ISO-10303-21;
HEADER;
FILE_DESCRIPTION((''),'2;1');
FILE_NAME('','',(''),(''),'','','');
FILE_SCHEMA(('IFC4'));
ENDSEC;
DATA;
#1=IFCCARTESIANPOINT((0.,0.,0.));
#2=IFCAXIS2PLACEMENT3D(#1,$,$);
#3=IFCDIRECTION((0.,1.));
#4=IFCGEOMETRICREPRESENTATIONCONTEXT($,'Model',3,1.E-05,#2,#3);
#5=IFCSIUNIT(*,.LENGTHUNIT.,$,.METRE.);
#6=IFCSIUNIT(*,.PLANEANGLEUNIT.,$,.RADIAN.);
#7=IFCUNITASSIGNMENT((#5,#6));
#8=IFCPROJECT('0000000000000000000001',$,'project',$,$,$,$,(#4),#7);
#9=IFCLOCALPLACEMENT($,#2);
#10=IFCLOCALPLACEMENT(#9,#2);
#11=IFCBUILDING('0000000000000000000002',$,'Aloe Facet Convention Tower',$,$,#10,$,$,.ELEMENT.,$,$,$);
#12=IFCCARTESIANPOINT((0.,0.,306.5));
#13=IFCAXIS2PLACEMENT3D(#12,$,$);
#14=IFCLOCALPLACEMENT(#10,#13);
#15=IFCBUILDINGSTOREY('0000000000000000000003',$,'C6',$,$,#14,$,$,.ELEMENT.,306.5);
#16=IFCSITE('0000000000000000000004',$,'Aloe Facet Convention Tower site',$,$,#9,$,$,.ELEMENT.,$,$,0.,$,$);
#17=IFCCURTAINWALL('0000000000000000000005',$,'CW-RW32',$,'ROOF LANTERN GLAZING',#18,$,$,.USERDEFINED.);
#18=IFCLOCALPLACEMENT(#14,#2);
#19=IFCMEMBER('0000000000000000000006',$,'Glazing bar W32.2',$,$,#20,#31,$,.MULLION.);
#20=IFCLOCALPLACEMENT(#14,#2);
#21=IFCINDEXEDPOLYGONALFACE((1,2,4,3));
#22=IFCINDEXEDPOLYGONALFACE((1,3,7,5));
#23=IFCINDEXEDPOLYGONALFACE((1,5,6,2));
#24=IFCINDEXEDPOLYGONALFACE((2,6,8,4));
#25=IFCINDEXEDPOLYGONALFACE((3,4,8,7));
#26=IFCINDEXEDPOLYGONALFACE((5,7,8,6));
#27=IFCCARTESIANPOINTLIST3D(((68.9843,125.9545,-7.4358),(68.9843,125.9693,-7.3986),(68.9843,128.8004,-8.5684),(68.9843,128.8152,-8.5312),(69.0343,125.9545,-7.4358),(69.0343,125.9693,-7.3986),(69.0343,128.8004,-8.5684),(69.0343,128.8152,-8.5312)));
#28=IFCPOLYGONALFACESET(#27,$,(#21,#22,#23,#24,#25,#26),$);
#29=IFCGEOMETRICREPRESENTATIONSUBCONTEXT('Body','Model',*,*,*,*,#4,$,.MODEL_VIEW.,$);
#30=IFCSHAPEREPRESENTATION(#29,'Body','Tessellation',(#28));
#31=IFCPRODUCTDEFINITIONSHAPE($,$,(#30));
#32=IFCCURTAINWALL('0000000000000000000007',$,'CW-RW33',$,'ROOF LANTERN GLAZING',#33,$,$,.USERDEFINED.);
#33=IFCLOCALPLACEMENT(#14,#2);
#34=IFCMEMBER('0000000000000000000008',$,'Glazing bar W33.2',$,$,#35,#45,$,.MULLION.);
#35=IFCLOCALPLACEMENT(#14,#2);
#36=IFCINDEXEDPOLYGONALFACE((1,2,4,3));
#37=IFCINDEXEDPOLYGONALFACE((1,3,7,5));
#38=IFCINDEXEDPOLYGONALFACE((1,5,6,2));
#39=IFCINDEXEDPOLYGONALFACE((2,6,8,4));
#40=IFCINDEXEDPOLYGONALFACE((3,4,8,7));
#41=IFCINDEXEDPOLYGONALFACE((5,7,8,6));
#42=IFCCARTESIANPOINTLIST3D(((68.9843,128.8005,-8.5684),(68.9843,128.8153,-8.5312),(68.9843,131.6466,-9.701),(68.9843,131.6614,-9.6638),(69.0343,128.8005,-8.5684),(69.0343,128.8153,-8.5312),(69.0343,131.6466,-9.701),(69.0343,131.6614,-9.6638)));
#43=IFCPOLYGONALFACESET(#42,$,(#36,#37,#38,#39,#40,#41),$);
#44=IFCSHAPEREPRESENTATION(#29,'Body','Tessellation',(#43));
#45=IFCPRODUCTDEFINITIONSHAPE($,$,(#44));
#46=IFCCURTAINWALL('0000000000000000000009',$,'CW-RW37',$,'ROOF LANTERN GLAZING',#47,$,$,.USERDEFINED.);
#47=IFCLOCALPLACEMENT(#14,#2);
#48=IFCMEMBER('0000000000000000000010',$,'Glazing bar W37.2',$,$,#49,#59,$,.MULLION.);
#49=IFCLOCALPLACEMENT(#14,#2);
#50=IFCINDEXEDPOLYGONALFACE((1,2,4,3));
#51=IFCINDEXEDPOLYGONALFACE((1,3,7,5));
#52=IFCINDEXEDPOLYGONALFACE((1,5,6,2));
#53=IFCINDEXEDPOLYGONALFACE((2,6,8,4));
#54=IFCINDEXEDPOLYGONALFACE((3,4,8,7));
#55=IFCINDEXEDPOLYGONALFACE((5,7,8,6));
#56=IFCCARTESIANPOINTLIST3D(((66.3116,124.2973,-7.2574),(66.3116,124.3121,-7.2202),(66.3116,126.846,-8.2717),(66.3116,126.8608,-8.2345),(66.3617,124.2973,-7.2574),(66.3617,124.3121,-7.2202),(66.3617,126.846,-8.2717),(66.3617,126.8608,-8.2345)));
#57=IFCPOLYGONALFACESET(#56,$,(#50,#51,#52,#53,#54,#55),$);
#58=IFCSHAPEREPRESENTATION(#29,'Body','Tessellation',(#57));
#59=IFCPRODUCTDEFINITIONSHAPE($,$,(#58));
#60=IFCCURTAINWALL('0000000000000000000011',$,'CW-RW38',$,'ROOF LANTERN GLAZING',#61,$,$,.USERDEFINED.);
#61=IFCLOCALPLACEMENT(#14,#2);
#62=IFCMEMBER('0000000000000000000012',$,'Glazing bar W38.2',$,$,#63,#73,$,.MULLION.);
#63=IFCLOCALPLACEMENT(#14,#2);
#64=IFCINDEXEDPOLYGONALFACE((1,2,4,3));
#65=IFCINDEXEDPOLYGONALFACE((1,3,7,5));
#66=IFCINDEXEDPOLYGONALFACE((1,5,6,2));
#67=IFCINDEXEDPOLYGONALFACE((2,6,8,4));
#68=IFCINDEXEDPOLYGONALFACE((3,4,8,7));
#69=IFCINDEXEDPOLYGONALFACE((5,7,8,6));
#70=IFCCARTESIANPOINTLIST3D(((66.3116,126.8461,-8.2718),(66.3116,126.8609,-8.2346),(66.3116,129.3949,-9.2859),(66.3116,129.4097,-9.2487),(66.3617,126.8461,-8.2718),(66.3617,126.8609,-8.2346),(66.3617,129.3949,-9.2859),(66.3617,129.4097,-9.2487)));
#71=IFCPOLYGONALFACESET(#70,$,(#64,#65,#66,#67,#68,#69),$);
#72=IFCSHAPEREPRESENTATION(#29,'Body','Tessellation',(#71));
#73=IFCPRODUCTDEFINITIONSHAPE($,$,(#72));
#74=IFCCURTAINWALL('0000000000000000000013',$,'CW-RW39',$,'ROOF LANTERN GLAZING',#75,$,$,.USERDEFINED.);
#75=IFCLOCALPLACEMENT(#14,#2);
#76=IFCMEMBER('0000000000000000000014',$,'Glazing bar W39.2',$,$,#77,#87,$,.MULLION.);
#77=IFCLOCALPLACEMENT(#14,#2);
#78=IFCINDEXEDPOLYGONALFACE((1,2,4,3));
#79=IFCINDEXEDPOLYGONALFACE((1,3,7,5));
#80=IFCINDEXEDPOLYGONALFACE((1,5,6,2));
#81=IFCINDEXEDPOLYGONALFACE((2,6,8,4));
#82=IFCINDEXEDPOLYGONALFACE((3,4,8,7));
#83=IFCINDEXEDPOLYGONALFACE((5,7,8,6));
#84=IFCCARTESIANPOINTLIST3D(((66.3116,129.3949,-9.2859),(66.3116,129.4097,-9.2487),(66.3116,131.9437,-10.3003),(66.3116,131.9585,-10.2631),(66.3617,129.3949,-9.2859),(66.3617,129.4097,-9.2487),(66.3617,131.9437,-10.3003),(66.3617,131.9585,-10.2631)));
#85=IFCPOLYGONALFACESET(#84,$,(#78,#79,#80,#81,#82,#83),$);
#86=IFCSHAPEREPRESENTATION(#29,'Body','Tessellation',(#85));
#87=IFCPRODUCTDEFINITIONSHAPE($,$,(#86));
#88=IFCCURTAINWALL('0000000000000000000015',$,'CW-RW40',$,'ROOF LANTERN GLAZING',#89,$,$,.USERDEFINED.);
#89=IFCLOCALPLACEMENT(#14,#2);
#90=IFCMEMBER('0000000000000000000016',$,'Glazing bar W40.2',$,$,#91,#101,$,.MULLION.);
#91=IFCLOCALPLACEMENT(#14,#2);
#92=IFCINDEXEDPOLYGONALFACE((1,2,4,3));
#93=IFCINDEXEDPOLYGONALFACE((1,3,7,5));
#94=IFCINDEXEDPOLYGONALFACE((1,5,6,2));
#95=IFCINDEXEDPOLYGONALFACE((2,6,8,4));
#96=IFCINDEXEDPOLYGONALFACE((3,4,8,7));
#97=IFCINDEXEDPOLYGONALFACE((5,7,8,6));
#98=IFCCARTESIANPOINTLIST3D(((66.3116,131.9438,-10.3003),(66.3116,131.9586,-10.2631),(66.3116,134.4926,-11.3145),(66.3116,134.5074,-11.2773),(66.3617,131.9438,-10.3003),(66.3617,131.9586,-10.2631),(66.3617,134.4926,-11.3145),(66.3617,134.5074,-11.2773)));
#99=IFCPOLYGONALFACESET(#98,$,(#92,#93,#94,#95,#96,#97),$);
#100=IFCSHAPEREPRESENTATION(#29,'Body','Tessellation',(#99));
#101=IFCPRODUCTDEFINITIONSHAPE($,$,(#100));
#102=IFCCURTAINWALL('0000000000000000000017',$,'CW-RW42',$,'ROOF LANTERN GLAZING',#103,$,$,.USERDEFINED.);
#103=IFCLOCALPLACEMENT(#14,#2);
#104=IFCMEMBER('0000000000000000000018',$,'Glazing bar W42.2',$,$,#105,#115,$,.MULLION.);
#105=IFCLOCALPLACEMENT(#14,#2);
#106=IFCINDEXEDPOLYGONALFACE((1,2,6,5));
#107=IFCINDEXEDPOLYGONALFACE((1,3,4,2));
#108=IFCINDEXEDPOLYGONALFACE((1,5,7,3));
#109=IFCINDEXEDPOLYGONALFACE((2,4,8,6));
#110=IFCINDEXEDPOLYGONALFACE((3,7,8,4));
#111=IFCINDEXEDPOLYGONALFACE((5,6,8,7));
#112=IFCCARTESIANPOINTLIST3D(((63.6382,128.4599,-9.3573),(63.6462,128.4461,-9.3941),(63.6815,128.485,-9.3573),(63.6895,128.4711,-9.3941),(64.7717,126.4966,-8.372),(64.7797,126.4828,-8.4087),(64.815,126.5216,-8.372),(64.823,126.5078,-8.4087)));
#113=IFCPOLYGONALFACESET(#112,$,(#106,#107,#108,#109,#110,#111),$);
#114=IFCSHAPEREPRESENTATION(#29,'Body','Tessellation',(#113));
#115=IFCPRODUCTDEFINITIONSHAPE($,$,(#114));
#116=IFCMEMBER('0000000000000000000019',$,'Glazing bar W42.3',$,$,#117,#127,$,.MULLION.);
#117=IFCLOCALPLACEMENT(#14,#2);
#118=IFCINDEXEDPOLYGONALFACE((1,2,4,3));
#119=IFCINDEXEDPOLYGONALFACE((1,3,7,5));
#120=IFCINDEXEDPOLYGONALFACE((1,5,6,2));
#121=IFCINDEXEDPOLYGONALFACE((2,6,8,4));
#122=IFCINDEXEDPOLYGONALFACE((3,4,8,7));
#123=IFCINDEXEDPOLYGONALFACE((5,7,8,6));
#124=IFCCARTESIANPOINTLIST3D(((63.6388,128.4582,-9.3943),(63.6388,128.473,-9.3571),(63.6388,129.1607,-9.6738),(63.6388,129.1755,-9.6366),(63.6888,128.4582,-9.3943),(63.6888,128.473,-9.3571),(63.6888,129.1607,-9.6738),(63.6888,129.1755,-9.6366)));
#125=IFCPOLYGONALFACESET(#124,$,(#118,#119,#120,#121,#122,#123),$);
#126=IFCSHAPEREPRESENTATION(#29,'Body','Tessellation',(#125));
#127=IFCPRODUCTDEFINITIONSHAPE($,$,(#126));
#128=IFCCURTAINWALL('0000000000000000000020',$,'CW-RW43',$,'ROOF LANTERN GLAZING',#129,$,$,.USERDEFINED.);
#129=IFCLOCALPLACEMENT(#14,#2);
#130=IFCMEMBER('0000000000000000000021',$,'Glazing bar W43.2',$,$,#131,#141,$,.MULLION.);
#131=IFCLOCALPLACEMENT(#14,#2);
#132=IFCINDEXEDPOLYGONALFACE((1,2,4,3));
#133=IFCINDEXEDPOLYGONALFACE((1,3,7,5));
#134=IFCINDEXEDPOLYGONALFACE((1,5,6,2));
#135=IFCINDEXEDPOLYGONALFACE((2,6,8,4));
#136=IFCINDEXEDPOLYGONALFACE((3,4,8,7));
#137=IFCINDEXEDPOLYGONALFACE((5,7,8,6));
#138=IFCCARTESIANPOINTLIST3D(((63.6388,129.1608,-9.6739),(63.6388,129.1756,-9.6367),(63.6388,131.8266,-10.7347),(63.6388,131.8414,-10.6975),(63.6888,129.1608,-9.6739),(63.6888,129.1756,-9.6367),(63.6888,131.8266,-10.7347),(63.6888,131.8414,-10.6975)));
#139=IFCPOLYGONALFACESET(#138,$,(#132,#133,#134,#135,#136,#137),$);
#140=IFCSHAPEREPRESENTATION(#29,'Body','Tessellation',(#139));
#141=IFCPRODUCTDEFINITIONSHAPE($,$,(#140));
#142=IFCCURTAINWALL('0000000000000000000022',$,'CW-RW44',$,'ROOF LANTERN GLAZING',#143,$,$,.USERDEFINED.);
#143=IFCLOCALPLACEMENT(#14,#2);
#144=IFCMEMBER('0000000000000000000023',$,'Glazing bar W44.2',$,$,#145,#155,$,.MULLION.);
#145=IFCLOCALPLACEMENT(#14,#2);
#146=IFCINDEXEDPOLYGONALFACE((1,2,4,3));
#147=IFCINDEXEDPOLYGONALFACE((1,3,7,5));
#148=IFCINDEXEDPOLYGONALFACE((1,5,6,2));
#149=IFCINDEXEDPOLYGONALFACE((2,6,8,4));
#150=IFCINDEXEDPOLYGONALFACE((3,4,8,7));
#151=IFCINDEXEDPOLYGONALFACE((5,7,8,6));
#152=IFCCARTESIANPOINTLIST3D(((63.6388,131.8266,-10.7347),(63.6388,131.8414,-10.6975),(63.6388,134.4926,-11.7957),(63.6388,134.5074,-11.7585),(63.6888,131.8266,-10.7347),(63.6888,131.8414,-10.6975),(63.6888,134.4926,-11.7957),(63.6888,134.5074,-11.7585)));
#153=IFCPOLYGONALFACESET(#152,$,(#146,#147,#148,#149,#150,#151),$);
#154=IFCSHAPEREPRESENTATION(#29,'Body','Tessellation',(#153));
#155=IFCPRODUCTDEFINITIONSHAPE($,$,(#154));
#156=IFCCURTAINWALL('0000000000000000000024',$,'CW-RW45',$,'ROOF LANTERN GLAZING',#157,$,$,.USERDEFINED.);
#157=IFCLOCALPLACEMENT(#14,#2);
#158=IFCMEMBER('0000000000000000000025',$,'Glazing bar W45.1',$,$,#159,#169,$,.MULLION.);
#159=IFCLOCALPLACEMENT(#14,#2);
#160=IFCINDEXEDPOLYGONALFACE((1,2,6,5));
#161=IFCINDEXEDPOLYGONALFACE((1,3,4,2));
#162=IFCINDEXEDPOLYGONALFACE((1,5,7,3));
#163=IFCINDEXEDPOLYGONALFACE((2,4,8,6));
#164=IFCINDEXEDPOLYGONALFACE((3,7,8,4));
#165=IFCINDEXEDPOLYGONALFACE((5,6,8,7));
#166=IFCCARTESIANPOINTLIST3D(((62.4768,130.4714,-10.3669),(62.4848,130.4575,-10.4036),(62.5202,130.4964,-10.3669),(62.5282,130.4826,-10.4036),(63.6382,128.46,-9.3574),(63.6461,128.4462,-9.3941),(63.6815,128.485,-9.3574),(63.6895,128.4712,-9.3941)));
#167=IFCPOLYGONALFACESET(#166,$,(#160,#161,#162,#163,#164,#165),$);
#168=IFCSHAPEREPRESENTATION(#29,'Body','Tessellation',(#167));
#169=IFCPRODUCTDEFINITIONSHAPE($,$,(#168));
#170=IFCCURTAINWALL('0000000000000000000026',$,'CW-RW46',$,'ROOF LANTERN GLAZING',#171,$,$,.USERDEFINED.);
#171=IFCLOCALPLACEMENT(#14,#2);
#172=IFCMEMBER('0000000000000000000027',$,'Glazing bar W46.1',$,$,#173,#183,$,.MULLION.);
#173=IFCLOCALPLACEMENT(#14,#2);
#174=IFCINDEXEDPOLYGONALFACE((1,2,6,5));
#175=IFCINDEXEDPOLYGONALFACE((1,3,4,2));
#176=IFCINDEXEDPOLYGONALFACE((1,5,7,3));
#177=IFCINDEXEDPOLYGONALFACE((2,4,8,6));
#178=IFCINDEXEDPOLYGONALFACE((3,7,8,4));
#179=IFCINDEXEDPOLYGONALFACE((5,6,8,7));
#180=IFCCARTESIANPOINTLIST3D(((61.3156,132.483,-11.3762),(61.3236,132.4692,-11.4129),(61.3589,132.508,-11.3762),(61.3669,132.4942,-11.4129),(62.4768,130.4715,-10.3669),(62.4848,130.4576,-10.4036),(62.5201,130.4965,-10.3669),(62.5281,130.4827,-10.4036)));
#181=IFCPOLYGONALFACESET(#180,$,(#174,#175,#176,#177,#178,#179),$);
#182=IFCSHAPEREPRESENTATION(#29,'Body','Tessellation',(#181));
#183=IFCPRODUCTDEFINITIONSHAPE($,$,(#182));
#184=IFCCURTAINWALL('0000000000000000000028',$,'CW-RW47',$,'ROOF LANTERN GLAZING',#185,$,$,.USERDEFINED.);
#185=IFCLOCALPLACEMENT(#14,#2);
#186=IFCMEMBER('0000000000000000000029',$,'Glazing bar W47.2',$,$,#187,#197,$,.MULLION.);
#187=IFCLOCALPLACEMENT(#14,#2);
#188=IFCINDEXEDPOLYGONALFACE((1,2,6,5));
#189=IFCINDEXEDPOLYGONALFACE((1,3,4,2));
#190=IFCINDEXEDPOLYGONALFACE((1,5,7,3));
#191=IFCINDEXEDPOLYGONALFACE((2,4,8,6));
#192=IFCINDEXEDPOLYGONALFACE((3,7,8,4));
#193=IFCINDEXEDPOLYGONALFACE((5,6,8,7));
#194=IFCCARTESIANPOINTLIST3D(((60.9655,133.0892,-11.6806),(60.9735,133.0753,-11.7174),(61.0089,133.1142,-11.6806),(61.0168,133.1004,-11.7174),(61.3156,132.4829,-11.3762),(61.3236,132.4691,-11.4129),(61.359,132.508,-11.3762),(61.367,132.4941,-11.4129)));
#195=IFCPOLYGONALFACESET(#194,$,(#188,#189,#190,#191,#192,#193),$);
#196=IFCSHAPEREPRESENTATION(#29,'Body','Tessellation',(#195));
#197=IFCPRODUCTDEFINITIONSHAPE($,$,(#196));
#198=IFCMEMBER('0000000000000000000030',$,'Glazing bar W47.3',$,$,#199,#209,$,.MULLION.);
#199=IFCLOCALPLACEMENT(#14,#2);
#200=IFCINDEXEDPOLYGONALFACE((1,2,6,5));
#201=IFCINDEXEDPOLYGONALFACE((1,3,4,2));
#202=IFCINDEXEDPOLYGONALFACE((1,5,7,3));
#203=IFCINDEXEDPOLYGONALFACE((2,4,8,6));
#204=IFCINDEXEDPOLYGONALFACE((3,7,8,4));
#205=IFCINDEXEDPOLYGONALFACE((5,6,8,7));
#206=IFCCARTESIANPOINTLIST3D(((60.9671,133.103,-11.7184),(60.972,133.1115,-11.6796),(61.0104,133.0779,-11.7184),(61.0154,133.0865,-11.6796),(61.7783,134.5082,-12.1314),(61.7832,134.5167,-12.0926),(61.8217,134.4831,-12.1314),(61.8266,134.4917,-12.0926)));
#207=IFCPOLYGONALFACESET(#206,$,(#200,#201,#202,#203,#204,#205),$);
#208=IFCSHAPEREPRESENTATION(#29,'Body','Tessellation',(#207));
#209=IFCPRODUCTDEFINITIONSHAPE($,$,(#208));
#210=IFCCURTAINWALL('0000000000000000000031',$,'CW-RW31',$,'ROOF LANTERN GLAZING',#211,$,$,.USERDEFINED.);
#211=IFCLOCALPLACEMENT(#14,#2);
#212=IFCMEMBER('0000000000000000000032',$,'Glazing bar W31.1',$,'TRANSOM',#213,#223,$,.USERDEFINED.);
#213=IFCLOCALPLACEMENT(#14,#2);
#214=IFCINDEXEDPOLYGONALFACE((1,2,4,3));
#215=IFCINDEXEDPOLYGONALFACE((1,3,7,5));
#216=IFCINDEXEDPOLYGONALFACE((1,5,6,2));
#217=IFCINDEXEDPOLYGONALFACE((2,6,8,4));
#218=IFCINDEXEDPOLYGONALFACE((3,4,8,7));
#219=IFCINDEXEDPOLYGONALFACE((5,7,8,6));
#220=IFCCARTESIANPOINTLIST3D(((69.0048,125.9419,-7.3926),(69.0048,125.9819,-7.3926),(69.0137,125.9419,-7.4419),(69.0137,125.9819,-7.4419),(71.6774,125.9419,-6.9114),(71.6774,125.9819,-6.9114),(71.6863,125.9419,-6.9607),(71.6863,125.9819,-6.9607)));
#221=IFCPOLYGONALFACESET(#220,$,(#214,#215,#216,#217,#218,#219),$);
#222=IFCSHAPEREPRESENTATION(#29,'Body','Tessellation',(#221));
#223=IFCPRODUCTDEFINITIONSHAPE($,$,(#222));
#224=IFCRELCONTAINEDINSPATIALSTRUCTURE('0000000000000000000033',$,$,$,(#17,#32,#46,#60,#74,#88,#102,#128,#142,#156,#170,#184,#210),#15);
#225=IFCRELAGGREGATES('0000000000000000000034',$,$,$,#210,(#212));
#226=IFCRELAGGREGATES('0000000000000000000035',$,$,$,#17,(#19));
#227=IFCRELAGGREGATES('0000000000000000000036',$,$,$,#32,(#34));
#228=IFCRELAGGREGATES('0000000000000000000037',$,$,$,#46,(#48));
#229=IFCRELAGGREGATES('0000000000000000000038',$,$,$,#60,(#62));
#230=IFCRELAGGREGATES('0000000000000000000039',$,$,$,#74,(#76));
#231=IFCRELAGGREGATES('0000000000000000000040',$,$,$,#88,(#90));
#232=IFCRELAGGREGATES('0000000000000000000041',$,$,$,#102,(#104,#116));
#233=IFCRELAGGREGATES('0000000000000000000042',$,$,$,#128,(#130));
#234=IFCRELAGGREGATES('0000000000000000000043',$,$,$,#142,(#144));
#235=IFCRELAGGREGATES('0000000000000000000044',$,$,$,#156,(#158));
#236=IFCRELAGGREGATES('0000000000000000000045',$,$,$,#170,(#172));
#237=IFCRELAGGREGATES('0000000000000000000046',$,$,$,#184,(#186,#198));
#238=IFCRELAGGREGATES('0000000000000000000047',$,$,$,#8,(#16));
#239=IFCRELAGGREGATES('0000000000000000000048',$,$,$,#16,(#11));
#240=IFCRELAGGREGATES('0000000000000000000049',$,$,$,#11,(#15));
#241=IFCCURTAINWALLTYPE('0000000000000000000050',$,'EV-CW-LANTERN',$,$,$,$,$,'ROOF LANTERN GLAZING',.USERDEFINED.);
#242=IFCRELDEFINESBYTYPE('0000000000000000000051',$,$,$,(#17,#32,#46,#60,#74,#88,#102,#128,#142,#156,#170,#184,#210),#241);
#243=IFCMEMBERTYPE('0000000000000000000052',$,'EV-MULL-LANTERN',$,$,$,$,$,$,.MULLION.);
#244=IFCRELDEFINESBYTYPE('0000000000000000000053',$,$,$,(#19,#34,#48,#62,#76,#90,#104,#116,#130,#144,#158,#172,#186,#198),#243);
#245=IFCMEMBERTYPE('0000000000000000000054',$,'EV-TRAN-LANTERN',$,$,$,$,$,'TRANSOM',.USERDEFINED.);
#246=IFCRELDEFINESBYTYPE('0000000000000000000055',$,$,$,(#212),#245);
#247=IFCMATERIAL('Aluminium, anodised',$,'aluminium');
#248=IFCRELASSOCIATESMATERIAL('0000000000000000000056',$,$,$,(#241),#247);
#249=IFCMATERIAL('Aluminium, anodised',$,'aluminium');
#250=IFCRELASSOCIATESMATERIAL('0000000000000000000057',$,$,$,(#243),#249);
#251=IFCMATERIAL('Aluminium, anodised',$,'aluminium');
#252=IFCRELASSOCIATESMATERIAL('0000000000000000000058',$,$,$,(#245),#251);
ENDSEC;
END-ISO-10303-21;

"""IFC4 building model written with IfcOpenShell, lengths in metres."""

from ifc_helpers import new_model, si_unit, direction, frame, origin, origin_2d, place, context, subcontext, project, spatial, rectangle, extrude, material, material_profile, profile_set, type_object, element, aggregate, save


model = new_model("IFC4")

# Units and contexts
model_context = context("Model", 3, precision=1e-05, world=origin(), true_north=direction((0.0, 1.0)))
body_context = subcontext(model_context, "Body", "Model", "MODEL_VIEW")
ifc_project = project(units=[si_unit("LENGTHUNIT", "METRE"), si_unit("PLANEANGLEUNIT", "RADIAN")], contexts=[model_context])

# Site, building, storey
site_placement = place(None, origin())
site = spatial("IfcSite", under=ifc_project, at=site_placement, Name="Aloe Facet Convention Tower site", CompositionType="ELEMENT", RefElevation=0.0)
building_placement = place(site_placement, origin())
building = spatial("IfcBuilding", under=site, at=building_placement, Name="Aloe Facet Convention Tower", CompositionType="ELEMENT")
storey_placement = place(building_placement, frame((0.0, 0.0, 306.5)))
storey = spatial("IfcBuildingStorey", under=building, at=storey_placement, Name="C6", CompositionType="ELEMENT", Elevation=306.5)

# Curtain walls, members
ifc_material_1 = material(Name="Aluminium, anodised", Category="aluminium")
curtain_wall_type = type_object("IfcCurtainWallType", Name="EV-CW-LANTERN", ElementType="ROOF LANTERN GLAZING", PredefinedType="USERDEFINED", material=ifc_material_1)
curtain_wall_1_placement = place(storey_placement, origin())
curtain_wall_1 = element("IfcCurtainWall", 1, at=curtain_wall_1_placement, inside=storey, type_object=curtain_wall_type, Name="CW-RW32", ObjectType="ROOF LANTERN GLAZING", PredefinedType="USERDEFINED")
ifc_material_2 = material(Name="Aluminium, anodised", Category="aluminium")
ifc_material_profile_1 = material_profile(ifc_material_2, rectangle(XDim=0.05, YDim=0.04, at=origin_2d()), Name="AL 50x40")
ifc_profile_set_1 = profile_set([ifc_material_profile_1], Name="Aluminium, anodised")
member_type_1 = type_object("IfcMemberType", Name="EV-MULL-LANTERN", PredefinedType="MULLION", material=ifc_profile_set_1)
member_1_placement = place(storey_placement, frame((69.0093, 125.9619, -7.4172), z_axis=(0.0, 0.929129, -0.369755), x_axis=(-1.0, 0.0, 0.0)))
member_1 = element("IfcMember", 2, at=member_1_placement, type_object=member_type_1, Name="Glazing bar W32.2", PredefinedType="MULLION", context=body_context, shape_type="SweptSolid", body=[
    extrude(rectangle(XDim=0.05, YDim=0.04, at=origin_2d()), origin(), (0.0, 0.0, 1.0), 3.063),
])
curtain_wall_2_placement = place(storey_placement, origin())
curtain_wall_2 = element("IfcCurtainWall", 3, at=curtain_wall_2_placement, inside=storey, type_object=curtain_wall_type, Name="CW-RW33", ObjectType="ROOF LANTERN GLAZING", PredefinedType="USERDEFINED")
member_2_placement = place(storey_placement, frame((69.0093, 128.8079, -8.5498), z_axis=(0.0, 0.92914, -0.369727), x_axis=(-1.0, 0.0, 0.0)))
member_2 = element("IfcMember", 4, at=member_2_placement, type_object=member_type_1, Name="Glazing bar W33.2", PredefinedType="MULLION", context=body_context, shape_type="SweptSolid", body=[
    extrude(rectangle(XDim=0.05, YDim=0.04, at=origin_2d()), origin(), (0.0, 0.0, 1.0), 3.0632),
])
curtain_wall_3_placement = place(storey_placement, origin())
curtain_wall_3 = element("IfcCurtainWall", 5, at=curtain_wall_3_placement, inside=storey, type_object=curtain_wall_type, Name="CW-RW37", ObjectType="ROOF LANTERN GLAZING", PredefinedType="USERDEFINED")
member_3_placement = place(storey_placement, frame((66.3367, 124.3047, -7.2388), z_axis=(0.0, 0.92912, -0.369779), x_axis=(-1.0, 0.0, 0.0)))
member_3 = element("IfcMember", 6, at=member_3_placement, type_object=member_type_1, Name="Glazing bar W37.2", PredefinedType="MULLION", context=body_context, shape_type="SweptSolid", body=[
    extrude(rectangle(XDim=0.05, YDim=0.04, at=origin_2d()), origin(), (0.0, 0.0, 1.0), 2.7432),
])
curtain_wall_4_placement = place(storey_placement, origin())
curtain_wall_4 = element("IfcCurtainWall", 7, at=curtain_wall_4_placement, inside=storey, type_object=curtain_wall_type, Name="CW-RW38", ObjectType="ROOF LANTERN GLAZING", PredefinedType="USERDEFINED")
member_4_placement = place(storey_placement, frame((66.3367, 126.8535, -8.2532), z_axis=(0.0, 0.92915, -0.369702), x_axis=(-1.0, 0.0, 0.0)))
member_4 = element("IfcMember", 8, at=member_4_placement, type_object=member_type_1, Name="Glazing bar W38.2", PredefinedType="MULLION", context=body_context, shape_type="SweptSolid", body=[
    extrude(rectangle(XDim=0.05, YDim=0.04, at=origin_2d()), origin(), (0.0, 0.0, 1.0), 2.7432),
])
curtain_wall_5_placement = place(storey_placement, origin())
curtain_wall_5 = element("IfcCurtainWall", 9, at=curtain_wall_5_placement, inside=storey, type_object=curtain_wall_type, Name="CW-RW39", ObjectType="ROOF LANTERN GLAZING", PredefinedType="USERDEFINED")
member_5_placement = place(storey_placement, frame((66.3367, 129.4023, -9.2673), z_axis=(0.0, 0.92912, -0.369779), x_axis=(-1.0, 0.0, 0.0)))
member_5 = element("IfcMember", 10, at=member_5_placement, type_object=member_type_1, Name="Glazing bar W39.2", PredefinedType="MULLION", context=body_context, shape_type="SweptSolid", body=[
    extrude(rectangle(XDim=0.05, YDim=0.04, at=origin_2d()), origin(), (0.0, 0.0, 1.0), 2.7432),
])
curtain_wall_6_placement = place(storey_placement, origin())
curtain_wall_6 = element("IfcCurtainWall", 11, at=curtain_wall_6_placement, inside=storey, type_object=curtain_wall_type, Name="CW-RW40", ObjectType="ROOF LANTERN GLAZING", PredefinedType="USERDEFINED")
member_6_placement = place(storey_placement, frame((66.3367, 131.9512, -10.2817), z_axis=(0.0, 0.92915, -0.369702), x_axis=(-1.0, 0.0, 0.0)))
member_6 = element("IfcMember", 12, at=member_6_placement, type_object=member_type_1, Name="Glazing bar W40.2", PredefinedType="MULLION", context=body_context, shape_type="SweptSolid", body=[
    extrude(rectangle(XDim=0.05, YDim=0.04, at=origin_2d()), origin(), (0.0, 0.0, 1.0), 2.7432),
])

# Curtain wall, members
curtain_wall_7_placement = place(storey_placement, origin())
curtain_wall_7 = element("IfcCurtainWall", 13, at=curtain_wall_7_placement, inside=storey, type_object=curtain_wall_type, Name="CW-RW42", ObjectType="ROOF LANTERN GLAZING", PredefinedType="USERDEFINED")
member_7_placement = place(storey_placement, frame((64.7974, 126.5022, -8.3904), z_axis=(-0.458557, 0.794253, -0.398608), x_axis=(-0.866028, -0.499996, 0.0)))
member_7 = element("IfcMember", 14, at=member_7_placement, type_object=member_type_1, Name="Glazing bar W42.2", PredefinedType="MULLION", context=body_context, shape_type="SweptSolid", body=[
    extrude(rectangle(XDim=0.05, YDim=0.04, at=origin_2d()), origin(), (0.0, 0.0, 1.0), 2.4719),
])
member_8_placement = place(storey_placement, frame((63.6638, 128.4656, -9.3757), z_axis=(0.0, 0.929165, -0.369664), x_axis=(-1.0, 0.0, 0.0)))
member_8 = element("IfcMember", 15, at=member_8_placement, type_object=member_type_1, Name="Glazing bar W42.3", PredefinedType="MULLION", context=body_context, shape_type="SweptSolid", body=[
    extrude(rectangle(XDim=0.05, YDim=0.04, at=origin_2d()), origin(), (0.0, 0.0, 1.0), 0.7561),
])

# Curtain walls, members
curtain_wall_8_placement = place(storey_placement, origin())
curtain_wall_8 = element("IfcCurtainWall", 16, at=curtain_wall_8_placement, inside=storey, type_object=curtain_wall_type, Name="CW-RW43", ObjectType="ROOF LANTERN GLAZING", PredefinedType="USERDEFINED")
member_9_placement = place(storey_placement, frame((63.6638, 129.1682, -9.6553), z_axis=(0.0, 0.929138, -0.369732), x_axis=(-1.0, 0.0, 0.0)))
member_9 = element("IfcMember", 17, at=member_9_placement, type_object=member_type_1, Name="Glazing bar W43.2", PredefinedType="MULLION", context=body_context, shape_type="SweptSolid", body=[
    extrude(rectangle(XDim=0.05, YDim=0.04, at=origin_2d()), origin(), (0.0, 0.0, 1.0), 2.8691),
])
curtain_wall_9_placement = place(storey_placement, origin())
curtain_wall_9 = element("IfcCurtainWall", 18, at=curtain_wall_9_placement, inside=storey, type_object=curtain_wall_type, Name="CW-RW44", ObjectType="ROOF LANTERN GLAZING", PredefinedType="USERDEFINED")
member_10_placement = place(storey_placement, frame((63.6638, 131.834, -10.7161), z_axis=(0.0, 0.929121, -0.369776), x_axis=(-1.0, 0.0, 0.0)))
member_10 = element("IfcMember", 19, at=member_10_placement, type_object=member_type_1, Name="Glazing bar W44.2", PredefinedType="MULLION", context=body_context, shape_type="SweptSolid", body=[
    extrude(rectangle(XDim=0.05, YDim=0.04, at=origin_2d()), origin(), (0.0, 0.0, 1.0), 2.8694),
])
curtain_wall_10_placement = place(storey_placement, origin())
curtain_wall_10 = element("IfcCurtainWall", 20, at=curtain_wall_10_placement, inside=storey, type_object=curtain_wall_type, Name="CW-RW45", ObjectType="ROOF LANTERN GLAZING", PredefinedType="USERDEFINED")
member_11_placement = place(storey_placement, frame((63.6638, 128.4656, -9.3757), z_axis=(-0.458575, 0.794239, -0.398614), x_axis=(-0.866016, -0.500017, 0.0)))
member_11 = element("IfcMember", 21, at=member_11_placement, type_object=member_type_1, Name="Glazing bar W45.1", PredefinedType="MULLION", context=body_context, shape_type="SweptSolid", body=[
    extrude(rectangle(XDim=0.05, YDim=0.04, at=origin_2d()), origin(), (0.0, 0.0, 1.0), 2.5325),
])
curtain_wall_11_placement = place(storey_placement, origin())
curtain_wall_11 = element("IfcCurtainWall", 22, at=curtain_wall_11_placement, inside=storey, type_object=curtain_wall_type, Name="CW-RW46", ObjectType="ROOF LANTERN GLAZING", PredefinedType="USERDEFINED")
member_12_placement = place(storey_placement, frame((62.5024, 130.4771, -10.3853), z_axis=(-0.458516, 0.794305, -0.39855), x_axis=(-0.866061, -0.499938, 0.0)))
member_12 = element("IfcMember", 23, at=member_12_placement, type_object=member_type_1, Name="Glazing bar W46.1", PredefinedType="MULLION", context=body_context, shape_type="SweptSolid", body=[
    extrude(rectangle(XDim=0.05, YDim=0.04, at=origin_2d()), origin(), (0.0, 0.0, 1.0), 2.5325),
])

# Curtain wall, members
curtain_wall_12_placement = place(storey_placement, origin())
curtain_wall_12 = element("IfcCurtainWall", 24, at=curtain_wall_12_placement, inside=storey, type_object=curtain_wall_type, Name="CW-RW47", ObjectType="ROOF LANTERN GLAZING", PredefinedType="USERDEFINED")
member_13_placement = place(storey_placement, frame((61.3413, 132.4885, -11.3945), z_axis=(-0.458621, 0.794112, -0.398815), x_axis=(-0.865959, -0.500115, 0.0)))
member_13 = element("IfcMember", 25, at=member_13_placement, type_object=member_type_1, Name="Glazing bar W47.2", PredefinedType="MULLION", context=body_context, shape_type="SweptSolid", body=[
    extrude(rectangle(XDim=0.05, YDim=0.04, at=origin_2d()), origin(), (0.0, 0.0, 1.0), 0.7634),
])
member_14_placement = place(storey_placement, frame((60.9912, 133.0947, -11.699), z_axis=(0.48452, 0.839271, -0.246707), x_axis=(-0.86604, 0.499974, 0.0)))
member_14 = element("IfcMember", 26, at=member_14_placement, type_object=member_type_1, Name="Glazing bar W47.3", PredefinedType="MULLION", context=body_context, shape_type="SweptSolid", body=[
    extrude(rectangle(XDim=0.05, YDim=0.04, at=origin_2d()), origin(), (0.0, 0.0, 1.0), 1.6743),
])

# Curtain wall, member
curtain_wall_13_placement = place(storey_placement, origin())
curtain_wall_13 = element("IfcCurtainWall", 27, at=curtain_wall_13_placement, inside=storey, type_object=curtain_wall_type, Name="CW-RW31", ObjectType="ROOF LANTERN GLAZING", PredefinedType="USERDEFINED")
ifc_material_3 = material(Name="Aluminium, anodised", Category="aluminium")
ifc_material_profile_2 = material_profile(ifc_material_3, rectangle(XDim=0.04, YDim=0.05, at=origin_2d()), Name="AL 40x50")
ifc_profile_set_2 = profile_set([ifc_material_profile_2], Name="Aluminium, anodised")
member_type_2 = type_object("IfcMemberType", Name="EV-TRAN-LANTERN", ElementType="TRANSOM", PredefinedType="USERDEFINED", material=ifc_profile_set_2)
member_15_placement = place(storey_placement, frame((69.0093, 125.9619, -7.4172), z_axis=(0.984175, 0.0, 0.1772), x_axis=(0.0, 1.0, 0.0)))
member_15 = element("IfcMember", 28, at=member_15_placement, type_object=member_type_2, Name="Glazing bar W31.1", ObjectType="TRANSOM", PredefinedType="USERDEFINED", context=body_context, shape_type="SweptSolid", body=[
    extrude(rectangle(XDim=0.04, YDim=0.05, at=origin_2d()), origin(), (0.0, 0.0, 1.0), 2.7156),
])
aggregate(curtain_wall_13, [member_15])

aggregate(curtain_wall_1, [member_1])
aggregate(curtain_wall_2, [member_2])

aggregate(curtain_wall_3, [member_3])
aggregate(curtain_wall_4, [member_4])
aggregate(curtain_wall_5, [member_5])
aggregate(curtain_wall_6, [member_6])
aggregate(curtain_wall_7, [member_7, member_8])
aggregate(curtain_wall_8, [member_9])
aggregate(curtain_wall_9, [member_10])
aggregate(curtain_wall_10, [member_11])
aggregate(curtain_wall_11, [member_12])
aggregate(curtain_wall_12, [member_13, member_14])

save(model, "model.ifc")
